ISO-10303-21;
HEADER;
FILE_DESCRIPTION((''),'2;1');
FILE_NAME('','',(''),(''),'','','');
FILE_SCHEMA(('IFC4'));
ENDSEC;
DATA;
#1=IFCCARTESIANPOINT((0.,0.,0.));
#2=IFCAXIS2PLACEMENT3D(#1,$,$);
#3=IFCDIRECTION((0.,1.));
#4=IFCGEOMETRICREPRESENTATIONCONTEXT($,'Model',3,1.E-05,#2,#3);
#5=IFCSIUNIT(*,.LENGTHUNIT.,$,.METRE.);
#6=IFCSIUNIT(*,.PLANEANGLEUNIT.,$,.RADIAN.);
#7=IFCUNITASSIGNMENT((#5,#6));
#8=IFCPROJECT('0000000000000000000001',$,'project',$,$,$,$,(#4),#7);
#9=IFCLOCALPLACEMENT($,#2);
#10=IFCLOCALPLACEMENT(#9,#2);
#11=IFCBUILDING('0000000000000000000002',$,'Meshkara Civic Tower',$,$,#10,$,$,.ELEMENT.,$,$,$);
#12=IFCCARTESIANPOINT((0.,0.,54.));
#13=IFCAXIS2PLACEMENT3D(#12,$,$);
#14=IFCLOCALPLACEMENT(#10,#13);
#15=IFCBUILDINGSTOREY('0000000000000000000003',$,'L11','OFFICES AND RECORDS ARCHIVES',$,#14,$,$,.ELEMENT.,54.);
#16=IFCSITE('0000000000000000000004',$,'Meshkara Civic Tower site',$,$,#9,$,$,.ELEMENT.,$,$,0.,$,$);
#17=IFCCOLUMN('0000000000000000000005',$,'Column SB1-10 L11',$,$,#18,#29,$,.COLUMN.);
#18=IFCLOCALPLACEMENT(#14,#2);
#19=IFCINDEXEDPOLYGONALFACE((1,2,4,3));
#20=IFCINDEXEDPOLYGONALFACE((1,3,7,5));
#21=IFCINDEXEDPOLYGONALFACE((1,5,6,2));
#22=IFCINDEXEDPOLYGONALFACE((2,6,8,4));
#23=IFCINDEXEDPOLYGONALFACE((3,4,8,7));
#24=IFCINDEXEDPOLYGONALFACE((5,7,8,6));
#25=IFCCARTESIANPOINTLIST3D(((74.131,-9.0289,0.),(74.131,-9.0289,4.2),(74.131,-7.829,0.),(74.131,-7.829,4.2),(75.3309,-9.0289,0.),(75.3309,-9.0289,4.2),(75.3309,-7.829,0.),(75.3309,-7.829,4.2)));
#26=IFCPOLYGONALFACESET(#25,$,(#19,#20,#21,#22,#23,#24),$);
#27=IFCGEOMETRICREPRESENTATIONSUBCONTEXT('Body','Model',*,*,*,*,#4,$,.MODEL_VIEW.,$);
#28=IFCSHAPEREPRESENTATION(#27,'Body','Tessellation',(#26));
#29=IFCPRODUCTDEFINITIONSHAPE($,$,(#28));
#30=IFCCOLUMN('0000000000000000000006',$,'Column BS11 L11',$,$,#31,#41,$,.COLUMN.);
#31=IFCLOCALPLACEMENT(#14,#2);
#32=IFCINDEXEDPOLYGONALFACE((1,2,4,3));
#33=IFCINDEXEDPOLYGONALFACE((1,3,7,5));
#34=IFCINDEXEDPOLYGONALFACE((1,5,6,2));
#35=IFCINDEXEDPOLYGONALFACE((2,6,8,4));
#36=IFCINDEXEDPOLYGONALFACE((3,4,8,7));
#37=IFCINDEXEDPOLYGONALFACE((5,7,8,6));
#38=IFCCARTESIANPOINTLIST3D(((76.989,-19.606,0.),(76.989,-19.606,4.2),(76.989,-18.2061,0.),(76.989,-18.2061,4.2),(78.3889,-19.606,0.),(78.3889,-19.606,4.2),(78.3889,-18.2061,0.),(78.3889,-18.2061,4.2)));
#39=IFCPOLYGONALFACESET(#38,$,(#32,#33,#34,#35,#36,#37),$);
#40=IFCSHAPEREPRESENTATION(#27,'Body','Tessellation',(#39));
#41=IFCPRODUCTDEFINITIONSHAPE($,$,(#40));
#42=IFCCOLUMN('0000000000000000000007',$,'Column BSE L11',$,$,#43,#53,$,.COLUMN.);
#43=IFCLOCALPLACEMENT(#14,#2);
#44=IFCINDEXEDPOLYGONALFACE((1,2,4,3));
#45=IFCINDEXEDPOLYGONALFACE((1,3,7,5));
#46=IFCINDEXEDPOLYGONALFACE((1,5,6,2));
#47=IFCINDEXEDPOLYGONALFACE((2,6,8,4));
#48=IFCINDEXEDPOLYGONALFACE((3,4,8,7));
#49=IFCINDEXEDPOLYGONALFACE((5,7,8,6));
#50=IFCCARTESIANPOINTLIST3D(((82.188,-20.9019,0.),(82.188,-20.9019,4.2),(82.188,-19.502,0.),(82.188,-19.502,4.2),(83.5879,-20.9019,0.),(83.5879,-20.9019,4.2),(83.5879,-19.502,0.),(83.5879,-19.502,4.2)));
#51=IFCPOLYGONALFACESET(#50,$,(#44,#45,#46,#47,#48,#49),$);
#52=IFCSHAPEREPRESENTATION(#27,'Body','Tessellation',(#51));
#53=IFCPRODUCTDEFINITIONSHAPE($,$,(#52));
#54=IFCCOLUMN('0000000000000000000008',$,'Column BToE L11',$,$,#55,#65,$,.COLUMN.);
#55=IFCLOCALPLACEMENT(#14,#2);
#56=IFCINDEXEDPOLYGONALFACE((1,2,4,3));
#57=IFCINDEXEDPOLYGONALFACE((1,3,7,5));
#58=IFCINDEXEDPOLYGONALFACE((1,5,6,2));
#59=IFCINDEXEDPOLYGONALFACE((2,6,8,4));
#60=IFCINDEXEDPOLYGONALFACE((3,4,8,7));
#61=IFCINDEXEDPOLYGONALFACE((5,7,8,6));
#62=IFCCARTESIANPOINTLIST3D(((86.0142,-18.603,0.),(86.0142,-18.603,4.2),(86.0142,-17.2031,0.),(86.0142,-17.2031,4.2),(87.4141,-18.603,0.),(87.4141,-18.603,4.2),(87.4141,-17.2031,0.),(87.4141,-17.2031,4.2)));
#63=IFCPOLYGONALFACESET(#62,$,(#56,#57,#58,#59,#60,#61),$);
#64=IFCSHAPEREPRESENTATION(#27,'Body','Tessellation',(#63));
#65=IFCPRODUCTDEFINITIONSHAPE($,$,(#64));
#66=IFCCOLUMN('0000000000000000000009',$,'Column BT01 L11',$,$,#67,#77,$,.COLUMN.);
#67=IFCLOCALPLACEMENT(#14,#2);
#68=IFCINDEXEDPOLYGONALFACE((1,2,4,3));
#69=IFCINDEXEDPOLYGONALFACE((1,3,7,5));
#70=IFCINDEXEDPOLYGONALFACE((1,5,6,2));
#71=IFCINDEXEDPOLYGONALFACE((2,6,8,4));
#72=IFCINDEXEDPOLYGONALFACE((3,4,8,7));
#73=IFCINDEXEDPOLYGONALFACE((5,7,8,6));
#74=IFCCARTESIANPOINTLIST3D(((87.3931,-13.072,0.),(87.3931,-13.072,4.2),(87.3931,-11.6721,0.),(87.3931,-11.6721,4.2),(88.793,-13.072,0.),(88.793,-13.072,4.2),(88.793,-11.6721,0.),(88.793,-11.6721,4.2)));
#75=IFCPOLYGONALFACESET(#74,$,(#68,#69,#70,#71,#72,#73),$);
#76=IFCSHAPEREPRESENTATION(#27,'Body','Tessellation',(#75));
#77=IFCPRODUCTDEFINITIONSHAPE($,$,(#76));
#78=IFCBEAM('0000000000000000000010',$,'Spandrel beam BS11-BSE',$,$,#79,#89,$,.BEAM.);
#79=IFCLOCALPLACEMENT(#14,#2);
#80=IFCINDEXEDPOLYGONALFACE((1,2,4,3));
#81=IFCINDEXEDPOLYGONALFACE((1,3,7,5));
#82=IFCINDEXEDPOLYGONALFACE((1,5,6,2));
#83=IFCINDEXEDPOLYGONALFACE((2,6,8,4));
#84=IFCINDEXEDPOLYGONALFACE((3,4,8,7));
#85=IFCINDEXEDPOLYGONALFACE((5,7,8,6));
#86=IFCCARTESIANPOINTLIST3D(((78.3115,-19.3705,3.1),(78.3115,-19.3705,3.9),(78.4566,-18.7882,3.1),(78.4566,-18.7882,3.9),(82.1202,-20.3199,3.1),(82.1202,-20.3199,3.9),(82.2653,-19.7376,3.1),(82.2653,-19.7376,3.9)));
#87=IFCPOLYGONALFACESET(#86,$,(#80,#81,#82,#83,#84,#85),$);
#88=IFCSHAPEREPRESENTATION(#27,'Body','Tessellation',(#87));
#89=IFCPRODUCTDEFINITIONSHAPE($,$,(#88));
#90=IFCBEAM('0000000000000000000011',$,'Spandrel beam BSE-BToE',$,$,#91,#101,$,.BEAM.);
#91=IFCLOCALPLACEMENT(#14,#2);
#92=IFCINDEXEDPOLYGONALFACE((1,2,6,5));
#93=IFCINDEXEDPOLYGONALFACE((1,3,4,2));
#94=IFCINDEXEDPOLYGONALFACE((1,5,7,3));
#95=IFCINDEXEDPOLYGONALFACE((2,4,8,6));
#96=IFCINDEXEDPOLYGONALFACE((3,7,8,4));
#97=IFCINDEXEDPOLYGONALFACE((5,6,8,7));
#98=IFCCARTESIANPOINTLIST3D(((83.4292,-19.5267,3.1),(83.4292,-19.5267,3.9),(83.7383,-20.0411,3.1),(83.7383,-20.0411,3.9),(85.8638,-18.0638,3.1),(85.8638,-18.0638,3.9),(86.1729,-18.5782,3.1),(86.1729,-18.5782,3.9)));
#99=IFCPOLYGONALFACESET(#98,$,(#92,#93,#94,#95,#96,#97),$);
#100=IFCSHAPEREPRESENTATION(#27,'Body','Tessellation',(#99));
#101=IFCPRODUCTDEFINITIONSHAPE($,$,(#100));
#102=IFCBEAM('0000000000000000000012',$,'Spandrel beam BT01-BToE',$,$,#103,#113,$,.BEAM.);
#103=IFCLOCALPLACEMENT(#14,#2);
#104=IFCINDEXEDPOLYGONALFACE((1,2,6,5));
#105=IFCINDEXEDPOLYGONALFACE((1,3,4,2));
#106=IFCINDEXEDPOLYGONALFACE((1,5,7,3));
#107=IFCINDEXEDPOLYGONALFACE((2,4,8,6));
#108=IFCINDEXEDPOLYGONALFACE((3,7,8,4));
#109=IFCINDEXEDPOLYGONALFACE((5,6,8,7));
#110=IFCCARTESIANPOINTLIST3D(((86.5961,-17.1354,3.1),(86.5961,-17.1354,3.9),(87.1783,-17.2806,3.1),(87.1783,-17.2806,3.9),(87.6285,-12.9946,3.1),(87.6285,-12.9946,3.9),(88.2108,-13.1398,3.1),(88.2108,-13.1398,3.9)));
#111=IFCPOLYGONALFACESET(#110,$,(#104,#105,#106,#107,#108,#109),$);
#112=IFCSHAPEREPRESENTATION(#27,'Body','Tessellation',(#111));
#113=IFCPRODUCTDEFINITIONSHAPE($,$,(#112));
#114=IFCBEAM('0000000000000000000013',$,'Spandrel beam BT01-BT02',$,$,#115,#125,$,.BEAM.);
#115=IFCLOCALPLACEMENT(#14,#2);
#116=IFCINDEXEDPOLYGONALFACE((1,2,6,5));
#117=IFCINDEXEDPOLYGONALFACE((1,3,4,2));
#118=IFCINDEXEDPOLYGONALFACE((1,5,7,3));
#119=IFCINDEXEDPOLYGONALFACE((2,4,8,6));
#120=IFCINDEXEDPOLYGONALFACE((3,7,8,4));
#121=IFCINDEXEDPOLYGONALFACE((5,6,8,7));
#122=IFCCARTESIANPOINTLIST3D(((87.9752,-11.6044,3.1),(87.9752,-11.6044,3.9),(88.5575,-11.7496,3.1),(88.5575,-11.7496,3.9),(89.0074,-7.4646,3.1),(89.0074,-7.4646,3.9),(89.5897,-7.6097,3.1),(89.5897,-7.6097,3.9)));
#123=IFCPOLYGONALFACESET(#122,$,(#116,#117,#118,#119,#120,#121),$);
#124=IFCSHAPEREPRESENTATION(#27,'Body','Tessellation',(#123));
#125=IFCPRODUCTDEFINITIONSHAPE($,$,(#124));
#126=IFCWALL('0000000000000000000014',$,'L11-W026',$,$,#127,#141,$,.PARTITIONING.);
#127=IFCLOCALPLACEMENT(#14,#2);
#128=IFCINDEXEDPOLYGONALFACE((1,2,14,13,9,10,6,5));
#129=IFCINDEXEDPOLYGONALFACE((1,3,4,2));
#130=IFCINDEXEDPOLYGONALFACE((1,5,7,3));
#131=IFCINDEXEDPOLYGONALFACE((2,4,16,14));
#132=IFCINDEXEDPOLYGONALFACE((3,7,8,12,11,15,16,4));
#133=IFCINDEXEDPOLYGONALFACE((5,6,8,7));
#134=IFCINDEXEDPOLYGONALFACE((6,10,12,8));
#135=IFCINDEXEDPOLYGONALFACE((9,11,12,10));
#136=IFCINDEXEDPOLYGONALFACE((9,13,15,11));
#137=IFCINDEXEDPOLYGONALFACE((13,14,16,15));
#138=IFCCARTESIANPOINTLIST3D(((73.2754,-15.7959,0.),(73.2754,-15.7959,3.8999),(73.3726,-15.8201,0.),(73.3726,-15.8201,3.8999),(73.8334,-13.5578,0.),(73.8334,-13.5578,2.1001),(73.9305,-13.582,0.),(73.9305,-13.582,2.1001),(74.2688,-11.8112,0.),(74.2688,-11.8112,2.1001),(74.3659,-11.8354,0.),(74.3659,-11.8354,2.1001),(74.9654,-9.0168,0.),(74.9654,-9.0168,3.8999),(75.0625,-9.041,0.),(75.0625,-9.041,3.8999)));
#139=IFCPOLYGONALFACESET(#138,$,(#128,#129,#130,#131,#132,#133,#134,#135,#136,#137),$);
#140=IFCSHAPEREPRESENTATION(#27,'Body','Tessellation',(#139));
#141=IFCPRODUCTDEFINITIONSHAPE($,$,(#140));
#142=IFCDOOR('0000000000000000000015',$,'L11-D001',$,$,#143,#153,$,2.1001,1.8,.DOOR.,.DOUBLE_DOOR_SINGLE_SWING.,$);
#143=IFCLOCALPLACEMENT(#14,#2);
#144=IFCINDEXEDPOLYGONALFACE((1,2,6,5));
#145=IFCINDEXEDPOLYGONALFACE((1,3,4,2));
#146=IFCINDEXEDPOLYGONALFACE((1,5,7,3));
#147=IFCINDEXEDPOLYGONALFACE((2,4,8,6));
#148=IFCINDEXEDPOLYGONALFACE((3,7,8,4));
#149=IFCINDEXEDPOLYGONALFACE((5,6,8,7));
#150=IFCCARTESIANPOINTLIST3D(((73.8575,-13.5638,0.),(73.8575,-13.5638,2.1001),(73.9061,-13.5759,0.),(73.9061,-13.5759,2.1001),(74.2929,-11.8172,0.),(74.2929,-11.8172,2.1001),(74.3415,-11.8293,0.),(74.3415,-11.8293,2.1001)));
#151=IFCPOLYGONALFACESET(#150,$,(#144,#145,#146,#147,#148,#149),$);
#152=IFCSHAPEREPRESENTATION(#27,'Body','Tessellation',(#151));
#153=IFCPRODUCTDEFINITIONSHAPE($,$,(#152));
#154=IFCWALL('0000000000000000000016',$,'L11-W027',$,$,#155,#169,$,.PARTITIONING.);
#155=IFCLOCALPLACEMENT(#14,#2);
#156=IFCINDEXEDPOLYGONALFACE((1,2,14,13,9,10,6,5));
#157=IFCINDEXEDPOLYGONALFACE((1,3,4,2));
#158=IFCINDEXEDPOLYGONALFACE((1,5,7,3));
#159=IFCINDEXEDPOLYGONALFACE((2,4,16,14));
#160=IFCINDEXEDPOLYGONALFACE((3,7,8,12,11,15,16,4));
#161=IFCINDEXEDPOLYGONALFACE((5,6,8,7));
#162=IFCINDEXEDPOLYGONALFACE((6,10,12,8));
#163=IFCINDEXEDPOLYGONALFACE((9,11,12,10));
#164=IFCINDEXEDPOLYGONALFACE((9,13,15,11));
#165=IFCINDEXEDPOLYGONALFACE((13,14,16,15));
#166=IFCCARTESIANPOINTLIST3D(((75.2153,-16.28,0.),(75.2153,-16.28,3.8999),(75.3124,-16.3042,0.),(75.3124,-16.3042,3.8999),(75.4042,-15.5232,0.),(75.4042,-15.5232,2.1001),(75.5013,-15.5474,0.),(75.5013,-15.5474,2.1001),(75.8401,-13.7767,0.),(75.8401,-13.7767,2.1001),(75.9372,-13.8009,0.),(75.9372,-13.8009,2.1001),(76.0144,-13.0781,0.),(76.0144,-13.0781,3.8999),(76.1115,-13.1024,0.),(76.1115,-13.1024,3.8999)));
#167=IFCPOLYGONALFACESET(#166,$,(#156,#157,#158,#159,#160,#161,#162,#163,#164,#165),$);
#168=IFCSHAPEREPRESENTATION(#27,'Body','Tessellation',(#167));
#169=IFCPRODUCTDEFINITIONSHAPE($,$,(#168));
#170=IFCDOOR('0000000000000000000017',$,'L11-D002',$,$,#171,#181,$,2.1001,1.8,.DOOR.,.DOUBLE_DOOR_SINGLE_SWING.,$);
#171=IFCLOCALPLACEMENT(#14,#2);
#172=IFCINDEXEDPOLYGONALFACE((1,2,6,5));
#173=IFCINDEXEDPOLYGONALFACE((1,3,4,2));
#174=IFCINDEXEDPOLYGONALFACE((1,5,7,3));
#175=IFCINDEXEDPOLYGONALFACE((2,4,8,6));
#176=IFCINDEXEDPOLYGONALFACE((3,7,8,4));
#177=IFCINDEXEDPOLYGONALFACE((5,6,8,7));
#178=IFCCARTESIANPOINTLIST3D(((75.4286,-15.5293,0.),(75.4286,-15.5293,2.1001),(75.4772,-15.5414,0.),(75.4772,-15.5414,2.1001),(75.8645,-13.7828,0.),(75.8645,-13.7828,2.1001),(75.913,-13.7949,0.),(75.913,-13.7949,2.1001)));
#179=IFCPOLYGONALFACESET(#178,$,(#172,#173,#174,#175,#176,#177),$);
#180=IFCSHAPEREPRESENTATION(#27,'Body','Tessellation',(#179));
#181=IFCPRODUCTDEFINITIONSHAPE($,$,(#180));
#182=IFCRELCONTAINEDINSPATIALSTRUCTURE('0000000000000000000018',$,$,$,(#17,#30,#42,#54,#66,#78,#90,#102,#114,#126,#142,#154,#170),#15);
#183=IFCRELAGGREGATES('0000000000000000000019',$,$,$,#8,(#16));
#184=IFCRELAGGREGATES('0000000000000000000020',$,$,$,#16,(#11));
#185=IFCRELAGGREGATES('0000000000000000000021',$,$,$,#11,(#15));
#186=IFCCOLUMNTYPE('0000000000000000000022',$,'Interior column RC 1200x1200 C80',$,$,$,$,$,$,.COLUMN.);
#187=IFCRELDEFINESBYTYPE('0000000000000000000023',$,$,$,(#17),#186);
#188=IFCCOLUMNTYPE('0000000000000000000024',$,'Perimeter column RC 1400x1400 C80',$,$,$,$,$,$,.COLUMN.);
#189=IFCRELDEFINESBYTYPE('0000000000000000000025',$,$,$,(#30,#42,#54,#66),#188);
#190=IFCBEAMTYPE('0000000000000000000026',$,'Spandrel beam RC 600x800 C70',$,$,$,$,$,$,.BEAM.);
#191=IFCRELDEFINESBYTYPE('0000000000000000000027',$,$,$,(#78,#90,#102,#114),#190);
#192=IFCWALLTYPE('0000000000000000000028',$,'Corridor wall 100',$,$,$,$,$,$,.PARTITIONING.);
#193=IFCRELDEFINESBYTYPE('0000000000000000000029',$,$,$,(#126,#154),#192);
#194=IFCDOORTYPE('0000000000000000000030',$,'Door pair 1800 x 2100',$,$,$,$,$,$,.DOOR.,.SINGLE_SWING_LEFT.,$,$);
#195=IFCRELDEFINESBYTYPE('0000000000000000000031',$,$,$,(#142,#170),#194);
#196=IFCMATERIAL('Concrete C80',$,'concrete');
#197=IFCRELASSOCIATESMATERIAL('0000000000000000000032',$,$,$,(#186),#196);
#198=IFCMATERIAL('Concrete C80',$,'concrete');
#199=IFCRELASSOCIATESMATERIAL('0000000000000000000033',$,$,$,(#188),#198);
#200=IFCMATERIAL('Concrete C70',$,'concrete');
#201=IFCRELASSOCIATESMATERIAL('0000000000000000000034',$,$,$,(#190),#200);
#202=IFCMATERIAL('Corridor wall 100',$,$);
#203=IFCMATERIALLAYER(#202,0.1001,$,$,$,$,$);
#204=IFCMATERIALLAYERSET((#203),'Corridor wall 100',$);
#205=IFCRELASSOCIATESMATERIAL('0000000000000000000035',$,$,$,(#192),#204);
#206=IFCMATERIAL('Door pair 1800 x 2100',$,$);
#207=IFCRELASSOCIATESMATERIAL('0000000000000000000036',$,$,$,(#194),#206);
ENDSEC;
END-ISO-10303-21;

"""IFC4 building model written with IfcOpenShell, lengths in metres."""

from ifc_helpers import new_model, si_unit, direction, frame, frame_2d, origin, origin_2d, place, context, subcontext, project, spatial, rectangle, extrude, material, layer, layer_set, material_profile, profile_set, type_object, element, fill, save


model = new_model("IFC4")

# Units and contexts
model_context = context("Model", 3, precision=1e-05, world=origin(), true_north=direction((0.0, 1.0)))
body_context = subcontext(model_context, "Body", "Model", "MODEL_VIEW")
ifc_project = project(units=[si_unit("LENGTHUNIT", "METRE"), si_unit("PLANEANGLEUNIT", "RADIAN")], contexts=[model_context])

# Site, building, storey
site_placement = place(None, origin())
site = spatial("IfcSite", under=ifc_project, at=site_placement, Name="Meshkara Civic Tower site", CompositionType="ELEMENT", RefElevation=0.0)
building_placement = place(site_placement, origin())
building = spatial("IfcBuilding", under=site, at=building_placement, Name="Meshkara Civic Tower", CompositionType="ELEMENT")
storey_placement = place(building_placement, frame((0.0, 0.0, 54.0)))
storey = spatial("IfcBuildingStorey", under=building, at=storey_placement, Name="L11", Description="OFFICES AND RECORDS ARCHIVES", CompositionType="ELEMENT", Elevation=54.0)

# Columns
ifc_material_1 = material(Name="Concrete C80", Category="concrete")
ifc_material_profile_1 = material_profile(ifc_material_1, rectangle(XDim=1.2, YDim=1.2, at=origin_2d()))
ifc_profile_set_1 = profile_set([ifc_material_profile_1], Name="Concrete C80")
column_type_1 = type_object("IfcColumnType", Name="Interior column RC 1200x1200 C80", PredefinedType="COLUMN", material=ifc_profile_set_1)
column_placement = place(storey_placement, frame((74.731, -8.429, 0.0), z_axis=(0.0, 0.0, 1.0), x_axis=(1.0, 0.0, 0.0)))
element("IfcColumn", 1, at=column_placement, inside=storey, type_object=column_type_1, Name="Column SB1-10 L11", PredefinedType="COLUMN", context=body_context, shape_type="SweptSolid", body=[
    extrude(rectangle(XDim=1.2, YDim=1.2, at=origin_2d()), origin(), (0.0, 0.0, 1.0), 4.2),
])
ifc_material_2 = material(Name="Concrete C80", Category="concrete")
ifc_material_profile_2 = material_profile(ifc_material_2, rectangle(XDim=1.3999, YDim=1.3999, at=origin_2d()))
ifc_profile_set_2 = profile_set([ifc_material_profile_2], Name="Concrete C80")
column_type_2 = type_object("IfcColumnType", Name="Perimeter column RC 1400x1400 C80", PredefinedType="COLUMN", material=ifc_profile_set_2)
for number, where, z_axis, x_axis, name in (
    (2, (77.689, -18.906, 0.0), (0.0, 0.0, 1.0), (1.0, 0.0, 0.0), "Column BS11 L11"),
    (3, (82.8879, -20.2019, 0.0), (0.0, 0.0, 1.0), (1.0, 0.0, 0.0), "Column BSE L11"),
    (4, (86.7141, -17.9031, 0.0), (0.0, 0.0, 1.0), (1.0, 0.0, 0.0), "Column BToE L11"),
    (5, (88.093, -12.3721, 0.0), (0.0, 0.0, 1.0), (1.0, 0.0, 0.0), "Column BT01 L11"),
):
    element("IfcColumn", number, at=place(storey_placement, frame(where, z_axis=z_axis, x_axis=x_axis)), inside=storey, type_object=column_type_2, Name=name, PredefinedType="COLUMN", context=body_context, shape_type="SweptSolid", body=[
        extrude(rectangle(XDim=1.3999, YDim=1.3999, at=origin_2d()), origin(), (0.0, 0.0, 1.0), 4.2),
    ])

# Beams
ifc_material_3 = material(Name="Concrete C70", Category="concrete")
ifc_material_profile_3 = material_profile(ifc_material_3, rectangle(XDim=0.6001, YDim=0.8, at=origin_2d()))
ifc_profile_set_3 = profile_set([ifc_material_profile_3], Name="Concrete C70")
beam_type = type_object("IfcBeamType", Name="Spandrel beam RC 600x800 C70", PredefinedType="BEAM", material=ifc_profile_set_3)
beam_1_placement = place(storey_placement, frame((78.384, -19.0793, 3.5), z_axis=(0.970307, -0.241877, 0.0), x_axis=(0.241877, 0.970307, 0.0)))
element("IfcBeam", 6, at=beam_1_placement, inside=storey, type_object=beam_type, Name="Spandrel beam BS11-BSE", PredefinedType="BEAM", context=body_context, shape_type="SweptSolid", body=[
    extrude(rectangle(XDim=0.6001, YDim=0.8, at=origin_2d()), origin(), (0.0, 0.0, 1.0), 3.9253),
])
beam_2_placement = place(storey_placement, frame((83.5837, -19.7839, 3.5), z_axis=(0.857159, 0.515052, 0.0), x_axis=(-0.515052, 0.857159, 0.0)))
element("IfcBeam", 7, at=beam_2_placement, inside=storey, type_object=beam_type, Name="Spandrel beam BSE-BToE", PredefinedType="BEAM", context=body_context, shape_type="SweptSolid", body=[
    extrude(rectangle(XDim=0.6001, YDim=0.8, at=origin_2d()), origin(), (0.0, 0.0, 1.0), 2.8403),
])
beam_3_placement = place(storey_placement, frame((86.8872, -17.208, 3.5), z_axis=(0.24193, 0.970294, 0.0), x_axis=(-0.970294, 0.24193, 0.0)))
element("IfcBeam", 8, at=beam_3_placement, inside=storey, type_object=beam_type, Name="Spandrel beam BT01-BToE", PredefinedType="BEAM", context=body_context, shape_type="SweptSolid", body=[
    extrude(rectangle(XDim=0.6001, YDim=0.8, at=origin_2d()), origin(), (0.0, 0.0, 1.0), 4.2676),
])
beam_4_placement = place(storey_placement, frame((88.2664, -11.677, 3.5), z_axis=(0.24193, 0.970294, 0.0), x_axis=(-0.970294, 0.24193, 0.0)))
element("IfcBeam", 9, at=beam_4_placement, inside=storey, type_object=beam_type, Name="Spandrel beam BT01-BT02", PredefinedType="BEAM", context=body_context, shape_type="SweptSolid", body=[
    extrude(rectangle(XDim=0.6001, YDim=0.8, at=origin_2d()), origin(), (0.0, 0.0, 1.0), 4.2666),
])

# Walls, openings, doors
ifc_material_4 = material(Name="Corridor wall 100")
ifc_layer_1 = layer(ifc_material_4, 0.1001)
ifc_layer_set_1 = layer_set([ifc_layer_1], Name="Corridor wall 100")
wall_type_1 = type_object("IfcWallType", Name="Corridor wall 100", PredefinedType="PARTITIONING", material=ifc_layer_set_1)
wall_1_placement = place(storey_placement, frame((75.0139, -9.0291, 0.0), z_axis=(0.0, 0.0, 1.0), x_axis=(-0.241886, -0.970305, 0.0)))
wall_1 = element("IfcWall", 10, at=wall_1_placement, inside=storey, type_object=wall_type_1, Name="L11-W026", PredefinedType="PARTITIONING", context=body_context, shape_type="SweptSolid", body=[
    extrude(rectangle(XDim=6.9866, YDim=0.1001, at=frame_2d((3.4932, 0.0))), origin(), (0.0, 0.0, 1.0), 3.8999),
])
opening_1_placement = place(wall_1_placement, frame((2.8799, 0.0, 0.0)))
opening_1 = element("IfcOpeningElement", 11, at=opening_1_placement, cuts=wall_1, PredefinedType="OPENING", context=body_context, shape_type="SweptSolid", body=[
    extrude(rectangle(XDim=1.8, YDim=2.1001, at=frame_2d((0.8999, 1.05))), frame((0.0, 0.0601, 0.0), z_axis=(0.0, -1.0, 0.0), x_axis=(1.0, 0.0, 0.0)), (0.0, 0.0, 1.0), 0.1201),
])
ifc_material_5 = material(Name="Door pair 1800 x 2100")
door_type_1 = type_object("IfcDoorType", Name="Door pair 1800 x 2100", OperationType="SINGLE_SWING_LEFT", PredefinedType="DOOR", material=ifc_material_5)
door_1_placement = place(opening_1_placement, origin())
door_1 = element("IfcDoor", 12, at=door_1_placement, inside=storey, type_object=door_type_1, Name="L11-D001", OperationType="DOUBLE_DOOR_SINGLE_SWING", OverallHeight=2.1001, OverallWidth=1.8, PredefinedType="DOOR", context=body_context, shape_type="SweptSolid", body=[
    extrude(rectangle(XDim=1.8, YDim=2.1001, at=frame_2d((0.8999, 1.05))), frame((0.0, 0.0249, 0.0), z_axis=(0.0, -1.0, 0.0), x_axis=(1.0, 0.0, 0.0)), (0.0, 0.0, 1.0), 0.05),
])
fill(opening_1, door_1)
wall_2_placement = place(storey_placement, frame((75.2639, -16.292, 0.0), z_axis=(0.0, 0.0, 1.0), x_axis=(0.242135, 0.970243, 0.0)))
wall_2 = element("IfcWall", 13, at=wall_2_placement, inside=storey, type_object=wall_type_1, Name="L11-W027", PredefinedType="PARTITIONING", context=body_context, shape_type="SweptSolid", body=[
    extrude(rectangle(XDim=3.3, YDim=0.1001, at=frame_2d((1.6499, 0.0))), origin(), (0.0, 0.0, 1.0), 3.8999),
])
opening_2_placement = place(wall_2_placement, frame((0.78, 0.0, 0.0)))
opening_2 = element("IfcOpeningElement", 14, at=opening_2_placement, cuts=wall_2, PredefinedType="OPENING", context=body_context, shape_type="SweptSolid", body=[
    extrude(rectangle(XDim=1.8, YDim=2.1001, at=frame_2d((0.8999, 1.05))), frame((0.0, 0.0601, 0.0), z_axis=(0.0, -1.0, 0.0), x_axis=(1.0, 0.0, 0.0)), (0.0, 0.0, 1.0), 0.1201),
])
door_2_placement = place(opening_2_placement, origin())
door_2 = element("IfcDoor", 15, at=door_2_placement, inside=storey, type_object=door_type_1, Name="L11-D002", OperationType="DOUBLE_DOOR_SINGLE_SWING", OverallHeight=2.1001, OverallWidth=1.8, PredefinedType="DOOR", context=body_context, shape_type="SweptSolid", body=[
    extrude(rectangle(XDim=1.8, YDim=2.1001, at=frame_2d((0.8999, 1.05))), frame((0.0, 0.0249, 0.0), z_axis=(0.0, -1.0, 0.0), x_axis=(1.0, 0.0, 0.0)), (0.0, 0.0, 1.0), 0.05),
])
fill(opening_2, door_2)

save(model, "model.ifc")
